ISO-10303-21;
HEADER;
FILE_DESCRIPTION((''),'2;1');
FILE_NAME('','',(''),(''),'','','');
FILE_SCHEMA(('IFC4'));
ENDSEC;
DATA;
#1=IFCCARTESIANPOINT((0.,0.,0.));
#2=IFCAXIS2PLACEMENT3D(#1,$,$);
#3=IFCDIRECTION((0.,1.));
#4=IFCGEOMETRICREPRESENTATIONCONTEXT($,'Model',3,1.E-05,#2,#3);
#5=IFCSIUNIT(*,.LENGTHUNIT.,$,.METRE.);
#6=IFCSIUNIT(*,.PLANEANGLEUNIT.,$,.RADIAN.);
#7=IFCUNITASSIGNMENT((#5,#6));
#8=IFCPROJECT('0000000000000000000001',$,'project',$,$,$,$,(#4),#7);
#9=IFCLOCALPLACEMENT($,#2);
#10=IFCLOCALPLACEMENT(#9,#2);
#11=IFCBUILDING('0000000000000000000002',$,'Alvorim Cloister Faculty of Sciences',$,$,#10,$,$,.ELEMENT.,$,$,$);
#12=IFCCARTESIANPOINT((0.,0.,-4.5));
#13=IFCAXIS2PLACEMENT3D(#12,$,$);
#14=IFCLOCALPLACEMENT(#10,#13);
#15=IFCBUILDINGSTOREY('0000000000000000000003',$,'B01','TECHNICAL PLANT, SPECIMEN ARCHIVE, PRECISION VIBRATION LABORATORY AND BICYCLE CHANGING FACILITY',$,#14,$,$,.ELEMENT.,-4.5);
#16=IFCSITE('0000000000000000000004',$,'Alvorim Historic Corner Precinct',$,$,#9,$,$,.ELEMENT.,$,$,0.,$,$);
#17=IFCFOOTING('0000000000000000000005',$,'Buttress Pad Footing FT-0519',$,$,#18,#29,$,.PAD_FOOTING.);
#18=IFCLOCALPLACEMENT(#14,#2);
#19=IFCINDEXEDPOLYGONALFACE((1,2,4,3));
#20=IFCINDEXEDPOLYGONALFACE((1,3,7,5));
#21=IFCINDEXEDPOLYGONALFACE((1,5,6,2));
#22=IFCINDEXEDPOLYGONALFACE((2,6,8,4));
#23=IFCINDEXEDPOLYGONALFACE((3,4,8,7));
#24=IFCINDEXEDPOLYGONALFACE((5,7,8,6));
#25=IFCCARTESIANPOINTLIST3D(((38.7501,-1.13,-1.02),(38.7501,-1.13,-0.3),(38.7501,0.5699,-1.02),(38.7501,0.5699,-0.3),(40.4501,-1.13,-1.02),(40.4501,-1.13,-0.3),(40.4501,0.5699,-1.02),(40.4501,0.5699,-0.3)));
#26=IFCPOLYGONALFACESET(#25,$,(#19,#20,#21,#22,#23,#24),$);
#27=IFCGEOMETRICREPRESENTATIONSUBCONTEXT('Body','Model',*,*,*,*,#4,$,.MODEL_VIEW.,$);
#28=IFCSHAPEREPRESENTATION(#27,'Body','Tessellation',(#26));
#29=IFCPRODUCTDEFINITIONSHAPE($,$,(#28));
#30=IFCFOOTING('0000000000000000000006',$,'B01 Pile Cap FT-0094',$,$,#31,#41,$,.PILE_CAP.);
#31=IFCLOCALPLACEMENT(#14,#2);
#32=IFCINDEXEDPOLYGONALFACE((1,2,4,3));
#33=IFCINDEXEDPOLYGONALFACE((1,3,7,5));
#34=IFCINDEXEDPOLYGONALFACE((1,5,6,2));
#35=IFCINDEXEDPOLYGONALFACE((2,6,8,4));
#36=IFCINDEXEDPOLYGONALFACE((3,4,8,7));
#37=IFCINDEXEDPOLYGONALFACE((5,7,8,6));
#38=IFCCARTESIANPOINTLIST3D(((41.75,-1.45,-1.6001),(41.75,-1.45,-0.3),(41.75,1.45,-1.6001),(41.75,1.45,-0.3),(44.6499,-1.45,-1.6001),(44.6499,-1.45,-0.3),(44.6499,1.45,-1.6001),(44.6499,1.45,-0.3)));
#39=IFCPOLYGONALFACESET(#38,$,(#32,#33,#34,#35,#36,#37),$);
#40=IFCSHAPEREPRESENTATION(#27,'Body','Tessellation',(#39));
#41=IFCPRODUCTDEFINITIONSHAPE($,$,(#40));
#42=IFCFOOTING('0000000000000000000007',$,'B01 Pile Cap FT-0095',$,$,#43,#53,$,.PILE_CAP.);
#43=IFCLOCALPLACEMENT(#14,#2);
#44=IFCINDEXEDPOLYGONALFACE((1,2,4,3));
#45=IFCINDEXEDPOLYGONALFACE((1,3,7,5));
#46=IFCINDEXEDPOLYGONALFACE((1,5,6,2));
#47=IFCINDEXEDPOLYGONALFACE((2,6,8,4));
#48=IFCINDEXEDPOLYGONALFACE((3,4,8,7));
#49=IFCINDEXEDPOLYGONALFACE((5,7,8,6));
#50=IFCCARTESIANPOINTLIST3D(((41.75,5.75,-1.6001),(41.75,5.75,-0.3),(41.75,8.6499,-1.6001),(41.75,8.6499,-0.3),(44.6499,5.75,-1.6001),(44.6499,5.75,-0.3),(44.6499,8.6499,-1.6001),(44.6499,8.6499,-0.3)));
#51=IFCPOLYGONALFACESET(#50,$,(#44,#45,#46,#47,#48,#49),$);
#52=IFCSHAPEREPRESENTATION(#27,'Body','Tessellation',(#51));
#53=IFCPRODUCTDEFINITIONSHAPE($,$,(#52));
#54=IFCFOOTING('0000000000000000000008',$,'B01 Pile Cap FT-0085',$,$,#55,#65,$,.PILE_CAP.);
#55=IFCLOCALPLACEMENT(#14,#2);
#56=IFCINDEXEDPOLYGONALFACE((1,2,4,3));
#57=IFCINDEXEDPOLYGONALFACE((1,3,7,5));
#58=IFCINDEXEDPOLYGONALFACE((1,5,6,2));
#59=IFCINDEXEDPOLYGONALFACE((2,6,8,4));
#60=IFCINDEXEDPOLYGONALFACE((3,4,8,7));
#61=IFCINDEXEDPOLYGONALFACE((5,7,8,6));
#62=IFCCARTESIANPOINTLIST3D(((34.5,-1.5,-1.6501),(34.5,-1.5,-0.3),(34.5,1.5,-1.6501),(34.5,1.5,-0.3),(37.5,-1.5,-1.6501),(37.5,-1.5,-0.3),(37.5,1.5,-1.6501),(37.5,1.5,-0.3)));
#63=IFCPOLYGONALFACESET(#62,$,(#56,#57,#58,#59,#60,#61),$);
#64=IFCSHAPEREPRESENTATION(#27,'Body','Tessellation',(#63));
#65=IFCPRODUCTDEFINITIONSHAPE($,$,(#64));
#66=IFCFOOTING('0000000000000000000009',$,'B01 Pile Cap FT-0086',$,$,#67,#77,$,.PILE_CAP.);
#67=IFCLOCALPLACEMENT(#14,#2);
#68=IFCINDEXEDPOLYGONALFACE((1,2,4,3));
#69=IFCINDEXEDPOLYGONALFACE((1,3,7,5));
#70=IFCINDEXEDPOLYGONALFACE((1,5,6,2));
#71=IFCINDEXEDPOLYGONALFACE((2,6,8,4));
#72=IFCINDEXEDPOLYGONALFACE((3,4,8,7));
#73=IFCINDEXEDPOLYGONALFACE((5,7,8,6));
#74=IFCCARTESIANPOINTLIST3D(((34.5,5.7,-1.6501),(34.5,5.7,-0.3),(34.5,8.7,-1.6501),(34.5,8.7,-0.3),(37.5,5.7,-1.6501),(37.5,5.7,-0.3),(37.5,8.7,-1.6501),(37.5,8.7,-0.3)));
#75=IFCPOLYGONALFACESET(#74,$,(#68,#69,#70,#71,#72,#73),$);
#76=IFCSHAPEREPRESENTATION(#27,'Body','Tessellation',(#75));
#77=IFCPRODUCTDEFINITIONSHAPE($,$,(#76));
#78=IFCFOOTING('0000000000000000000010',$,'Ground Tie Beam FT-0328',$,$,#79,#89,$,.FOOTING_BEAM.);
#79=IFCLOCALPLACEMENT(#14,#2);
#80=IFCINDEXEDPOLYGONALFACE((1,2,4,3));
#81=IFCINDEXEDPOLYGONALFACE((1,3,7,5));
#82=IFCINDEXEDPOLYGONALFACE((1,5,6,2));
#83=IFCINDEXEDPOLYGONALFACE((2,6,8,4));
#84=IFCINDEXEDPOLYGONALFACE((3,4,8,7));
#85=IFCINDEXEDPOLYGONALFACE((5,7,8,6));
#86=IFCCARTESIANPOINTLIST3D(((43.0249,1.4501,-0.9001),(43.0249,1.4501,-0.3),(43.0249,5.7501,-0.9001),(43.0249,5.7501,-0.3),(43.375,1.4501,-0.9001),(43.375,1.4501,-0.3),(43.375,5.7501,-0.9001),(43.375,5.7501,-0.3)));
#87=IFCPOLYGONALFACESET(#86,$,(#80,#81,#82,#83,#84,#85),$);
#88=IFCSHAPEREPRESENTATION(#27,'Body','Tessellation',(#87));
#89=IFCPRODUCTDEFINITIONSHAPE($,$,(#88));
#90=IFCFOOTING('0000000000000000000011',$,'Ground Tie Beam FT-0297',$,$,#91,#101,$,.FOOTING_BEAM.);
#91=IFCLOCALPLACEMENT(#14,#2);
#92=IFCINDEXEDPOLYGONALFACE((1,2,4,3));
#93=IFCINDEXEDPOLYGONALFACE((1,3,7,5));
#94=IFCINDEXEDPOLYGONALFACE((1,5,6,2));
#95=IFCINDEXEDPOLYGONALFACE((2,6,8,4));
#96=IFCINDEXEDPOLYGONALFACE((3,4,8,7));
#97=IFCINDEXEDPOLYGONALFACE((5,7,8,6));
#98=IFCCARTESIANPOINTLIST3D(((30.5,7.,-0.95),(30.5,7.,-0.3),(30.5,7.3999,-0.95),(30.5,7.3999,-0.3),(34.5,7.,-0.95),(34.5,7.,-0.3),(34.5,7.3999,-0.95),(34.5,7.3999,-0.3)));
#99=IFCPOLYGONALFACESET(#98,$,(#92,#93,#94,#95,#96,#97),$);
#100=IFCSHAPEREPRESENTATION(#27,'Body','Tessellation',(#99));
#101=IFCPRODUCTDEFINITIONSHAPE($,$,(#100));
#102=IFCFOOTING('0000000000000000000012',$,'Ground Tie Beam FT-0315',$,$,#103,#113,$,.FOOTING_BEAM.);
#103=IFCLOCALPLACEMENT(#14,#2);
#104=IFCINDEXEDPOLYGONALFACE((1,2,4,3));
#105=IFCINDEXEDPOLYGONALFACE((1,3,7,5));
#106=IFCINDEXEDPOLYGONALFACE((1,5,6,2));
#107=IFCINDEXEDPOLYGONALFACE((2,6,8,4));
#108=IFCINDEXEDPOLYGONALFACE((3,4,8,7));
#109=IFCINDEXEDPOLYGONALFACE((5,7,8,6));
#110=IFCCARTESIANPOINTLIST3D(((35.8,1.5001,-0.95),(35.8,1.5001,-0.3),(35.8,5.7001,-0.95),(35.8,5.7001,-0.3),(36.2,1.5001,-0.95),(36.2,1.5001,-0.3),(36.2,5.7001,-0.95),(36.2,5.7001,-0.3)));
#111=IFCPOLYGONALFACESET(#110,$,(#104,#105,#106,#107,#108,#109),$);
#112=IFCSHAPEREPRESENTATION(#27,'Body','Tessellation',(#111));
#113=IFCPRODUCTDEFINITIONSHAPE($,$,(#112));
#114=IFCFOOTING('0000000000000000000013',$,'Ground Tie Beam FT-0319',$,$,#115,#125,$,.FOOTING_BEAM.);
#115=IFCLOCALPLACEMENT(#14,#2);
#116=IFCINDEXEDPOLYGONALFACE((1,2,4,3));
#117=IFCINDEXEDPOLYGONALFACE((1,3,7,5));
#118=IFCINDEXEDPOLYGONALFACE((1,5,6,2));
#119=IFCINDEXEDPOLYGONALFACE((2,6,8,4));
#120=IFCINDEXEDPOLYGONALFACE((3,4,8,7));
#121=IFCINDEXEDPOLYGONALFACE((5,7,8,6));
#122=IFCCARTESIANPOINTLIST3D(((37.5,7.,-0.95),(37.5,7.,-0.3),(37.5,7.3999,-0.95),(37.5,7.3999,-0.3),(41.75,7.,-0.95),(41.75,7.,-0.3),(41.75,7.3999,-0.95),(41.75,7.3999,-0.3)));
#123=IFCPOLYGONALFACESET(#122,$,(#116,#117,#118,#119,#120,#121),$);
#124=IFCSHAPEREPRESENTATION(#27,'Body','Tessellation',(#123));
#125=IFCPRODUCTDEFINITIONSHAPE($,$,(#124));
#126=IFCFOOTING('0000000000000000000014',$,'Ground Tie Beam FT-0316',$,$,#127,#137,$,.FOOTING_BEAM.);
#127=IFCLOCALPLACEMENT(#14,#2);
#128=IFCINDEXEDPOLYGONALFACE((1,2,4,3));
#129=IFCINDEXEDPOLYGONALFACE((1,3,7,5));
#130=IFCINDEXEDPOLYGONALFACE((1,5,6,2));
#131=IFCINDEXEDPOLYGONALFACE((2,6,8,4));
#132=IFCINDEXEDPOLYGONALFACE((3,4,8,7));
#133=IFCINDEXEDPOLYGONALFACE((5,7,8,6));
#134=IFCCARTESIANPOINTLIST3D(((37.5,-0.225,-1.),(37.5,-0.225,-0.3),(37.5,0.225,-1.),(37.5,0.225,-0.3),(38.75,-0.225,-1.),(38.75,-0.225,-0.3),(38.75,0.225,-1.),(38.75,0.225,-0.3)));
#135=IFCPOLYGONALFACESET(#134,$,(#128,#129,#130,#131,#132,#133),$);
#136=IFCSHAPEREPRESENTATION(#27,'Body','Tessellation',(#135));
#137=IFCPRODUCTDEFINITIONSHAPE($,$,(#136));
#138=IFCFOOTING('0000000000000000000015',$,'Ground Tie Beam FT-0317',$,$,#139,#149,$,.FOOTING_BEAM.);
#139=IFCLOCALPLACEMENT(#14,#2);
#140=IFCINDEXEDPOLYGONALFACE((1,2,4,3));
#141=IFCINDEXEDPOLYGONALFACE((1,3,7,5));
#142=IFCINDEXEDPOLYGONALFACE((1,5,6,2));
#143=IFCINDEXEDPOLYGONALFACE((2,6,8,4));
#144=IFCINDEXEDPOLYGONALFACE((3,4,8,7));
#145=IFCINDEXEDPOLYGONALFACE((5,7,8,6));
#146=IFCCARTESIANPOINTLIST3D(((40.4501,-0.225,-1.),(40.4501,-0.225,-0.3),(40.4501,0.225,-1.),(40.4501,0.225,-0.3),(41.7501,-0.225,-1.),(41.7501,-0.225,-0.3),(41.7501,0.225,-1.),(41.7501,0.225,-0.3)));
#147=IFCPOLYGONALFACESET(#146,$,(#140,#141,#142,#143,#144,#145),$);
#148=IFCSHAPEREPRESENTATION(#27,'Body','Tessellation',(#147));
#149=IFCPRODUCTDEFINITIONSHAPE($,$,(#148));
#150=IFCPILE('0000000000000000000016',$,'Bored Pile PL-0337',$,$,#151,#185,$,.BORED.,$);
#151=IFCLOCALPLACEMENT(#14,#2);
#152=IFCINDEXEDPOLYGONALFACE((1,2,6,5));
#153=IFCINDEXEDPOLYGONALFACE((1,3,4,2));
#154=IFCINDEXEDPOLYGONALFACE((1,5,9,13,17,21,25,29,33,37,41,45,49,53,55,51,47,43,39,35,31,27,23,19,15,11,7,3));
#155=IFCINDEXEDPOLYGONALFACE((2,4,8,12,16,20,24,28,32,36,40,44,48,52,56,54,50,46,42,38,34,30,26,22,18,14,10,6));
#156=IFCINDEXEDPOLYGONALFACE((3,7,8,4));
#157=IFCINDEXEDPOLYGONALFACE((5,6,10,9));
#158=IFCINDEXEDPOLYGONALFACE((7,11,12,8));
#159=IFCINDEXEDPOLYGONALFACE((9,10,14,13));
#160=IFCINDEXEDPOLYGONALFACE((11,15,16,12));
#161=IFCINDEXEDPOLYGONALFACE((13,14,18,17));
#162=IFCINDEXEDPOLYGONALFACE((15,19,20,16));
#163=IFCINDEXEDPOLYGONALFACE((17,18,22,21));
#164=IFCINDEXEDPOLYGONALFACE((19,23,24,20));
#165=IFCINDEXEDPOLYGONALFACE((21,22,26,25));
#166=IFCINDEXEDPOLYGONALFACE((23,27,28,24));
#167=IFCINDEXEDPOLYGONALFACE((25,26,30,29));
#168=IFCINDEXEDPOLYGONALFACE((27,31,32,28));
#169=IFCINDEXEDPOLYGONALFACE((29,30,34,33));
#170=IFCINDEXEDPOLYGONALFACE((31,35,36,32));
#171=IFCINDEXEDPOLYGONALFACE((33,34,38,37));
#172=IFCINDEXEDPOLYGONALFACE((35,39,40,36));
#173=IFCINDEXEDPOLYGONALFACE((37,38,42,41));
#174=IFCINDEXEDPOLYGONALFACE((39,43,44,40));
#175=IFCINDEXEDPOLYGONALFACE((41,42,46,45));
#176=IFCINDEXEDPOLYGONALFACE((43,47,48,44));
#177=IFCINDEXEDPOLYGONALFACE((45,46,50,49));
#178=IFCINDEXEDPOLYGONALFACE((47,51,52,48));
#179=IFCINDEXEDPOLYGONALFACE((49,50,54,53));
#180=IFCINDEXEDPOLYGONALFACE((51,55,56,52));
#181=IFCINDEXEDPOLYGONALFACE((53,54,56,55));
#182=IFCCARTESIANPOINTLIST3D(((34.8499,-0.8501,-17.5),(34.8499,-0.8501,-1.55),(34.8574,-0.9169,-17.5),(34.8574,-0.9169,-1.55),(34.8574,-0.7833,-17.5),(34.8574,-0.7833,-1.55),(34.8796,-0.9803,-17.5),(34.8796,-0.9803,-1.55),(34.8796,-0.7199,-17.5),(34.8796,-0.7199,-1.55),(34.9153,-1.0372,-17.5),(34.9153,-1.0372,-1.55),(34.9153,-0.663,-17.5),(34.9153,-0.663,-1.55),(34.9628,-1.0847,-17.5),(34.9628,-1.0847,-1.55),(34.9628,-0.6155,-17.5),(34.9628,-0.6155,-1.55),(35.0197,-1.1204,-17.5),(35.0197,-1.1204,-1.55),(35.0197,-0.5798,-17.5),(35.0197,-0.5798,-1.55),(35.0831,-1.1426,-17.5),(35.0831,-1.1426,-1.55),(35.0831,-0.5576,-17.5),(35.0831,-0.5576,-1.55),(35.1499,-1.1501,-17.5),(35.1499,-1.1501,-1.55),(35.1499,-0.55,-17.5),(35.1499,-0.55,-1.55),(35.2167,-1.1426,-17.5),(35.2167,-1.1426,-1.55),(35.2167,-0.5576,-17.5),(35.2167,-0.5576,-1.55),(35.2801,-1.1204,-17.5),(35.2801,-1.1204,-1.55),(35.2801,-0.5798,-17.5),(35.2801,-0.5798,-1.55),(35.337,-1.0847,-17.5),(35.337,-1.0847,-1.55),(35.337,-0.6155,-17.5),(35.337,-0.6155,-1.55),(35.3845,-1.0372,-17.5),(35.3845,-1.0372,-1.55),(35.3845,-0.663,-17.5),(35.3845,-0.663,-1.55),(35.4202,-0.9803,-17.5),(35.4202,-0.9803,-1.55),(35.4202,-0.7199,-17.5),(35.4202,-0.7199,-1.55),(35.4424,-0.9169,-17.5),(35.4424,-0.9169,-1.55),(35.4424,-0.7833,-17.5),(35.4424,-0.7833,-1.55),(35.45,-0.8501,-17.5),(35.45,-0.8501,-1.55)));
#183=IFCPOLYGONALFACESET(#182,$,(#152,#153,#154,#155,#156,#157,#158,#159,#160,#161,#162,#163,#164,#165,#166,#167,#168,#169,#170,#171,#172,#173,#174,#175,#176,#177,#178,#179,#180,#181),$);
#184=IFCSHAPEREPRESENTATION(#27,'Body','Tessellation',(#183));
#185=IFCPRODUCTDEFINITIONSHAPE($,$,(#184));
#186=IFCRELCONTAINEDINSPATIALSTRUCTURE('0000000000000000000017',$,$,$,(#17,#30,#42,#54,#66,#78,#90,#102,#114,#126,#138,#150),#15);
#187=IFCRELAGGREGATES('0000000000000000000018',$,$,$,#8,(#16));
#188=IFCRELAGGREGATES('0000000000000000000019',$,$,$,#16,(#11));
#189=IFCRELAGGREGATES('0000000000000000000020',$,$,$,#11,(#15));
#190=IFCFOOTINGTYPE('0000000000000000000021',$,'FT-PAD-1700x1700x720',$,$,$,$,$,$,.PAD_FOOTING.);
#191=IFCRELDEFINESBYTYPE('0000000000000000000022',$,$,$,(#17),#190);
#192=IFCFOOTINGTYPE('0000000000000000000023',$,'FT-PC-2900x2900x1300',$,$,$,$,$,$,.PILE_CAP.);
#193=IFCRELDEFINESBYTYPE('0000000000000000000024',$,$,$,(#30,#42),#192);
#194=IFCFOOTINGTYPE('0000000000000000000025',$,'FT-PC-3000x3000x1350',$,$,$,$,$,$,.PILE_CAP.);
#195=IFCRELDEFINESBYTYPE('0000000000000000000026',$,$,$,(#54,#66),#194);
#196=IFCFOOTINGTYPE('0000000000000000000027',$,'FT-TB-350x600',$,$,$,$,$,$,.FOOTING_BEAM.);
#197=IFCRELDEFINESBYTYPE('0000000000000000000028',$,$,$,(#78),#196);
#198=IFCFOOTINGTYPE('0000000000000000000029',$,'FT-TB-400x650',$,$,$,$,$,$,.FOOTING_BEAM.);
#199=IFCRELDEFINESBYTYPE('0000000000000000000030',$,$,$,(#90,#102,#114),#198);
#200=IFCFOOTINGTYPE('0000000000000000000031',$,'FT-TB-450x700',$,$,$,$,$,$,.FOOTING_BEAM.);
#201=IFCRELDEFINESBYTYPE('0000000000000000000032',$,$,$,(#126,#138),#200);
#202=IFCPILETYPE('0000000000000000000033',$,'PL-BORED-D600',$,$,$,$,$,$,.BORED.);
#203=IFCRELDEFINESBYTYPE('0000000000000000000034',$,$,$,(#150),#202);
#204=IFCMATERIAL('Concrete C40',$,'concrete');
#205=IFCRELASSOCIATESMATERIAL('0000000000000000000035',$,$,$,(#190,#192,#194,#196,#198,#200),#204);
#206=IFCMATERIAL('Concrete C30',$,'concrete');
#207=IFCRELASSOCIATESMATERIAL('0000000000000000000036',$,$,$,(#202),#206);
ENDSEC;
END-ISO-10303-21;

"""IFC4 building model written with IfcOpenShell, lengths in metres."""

from ifc_helpers import new_model, si_unit, direction, frame, origin, origin_2d, place, context, subcontext, project, spatial, rectangle, circle, extrude, material, material_profile, profile_set, type_object, element, save


model = new_model("IFC4")

# Units and contexts
model_context = context("Model", 3, precision=1e-05, world=origin(), true_north=direction((0.0, 1.0)))
body_context = subcontext(model_context, "Body", "Model", "MODEL_VIEW")
ifc_project = project(units=[si_unit("LENGTHUNIT", "METRE"), si_unit("PLANEANGLEUNIT", "RADIAN")], contexts=[model_context])

# Site, building, storey
site_placement = place(None, origin())
site = spatial("IfcSite", under=ifc_project, at=site_placement, Name="Alvorim Historic Corner Precinct", CompositionType="ELEMENT", RefElevation=0.0)
building_placement = place(site_placement, origin())
building = spatial("IfcBuilding", under=site, at=building_placement, Name="Alvorim Cloister Faculty of Sciences", CompositionType="ELEMENT")
storey_placement = place(building_placement, frame((0.0, 0.0, -4.5)))
storey = spatial("IfcBuildingStorey", under=building, at=storey_placement, Name="B01", Description="TECHNICAL PLANT, SPECIMEN ARCHIVE, PRECISION VIBRATION LABORATORY AND BICYCLE CHANGING FACILITY", CompositionType="ELEMENT", Elevation=-4.5)

# Footings
ifc_material_1 = material(Name="Concrete C40", Category="concrete")
footing_type_1 = type_object("IfcFootingType", Name="FT-PAD-1700x1700x720", PredefinedType="PAD_FOOTING", material=ifc_material_1)
footing_1_placement = place(storey_placement, frame((39.6001, -0.28, -1.02), z_axis=(0.0, 0.0, 1.0), x_axis=(1.0, 0.0, 0.0)))
element("IfcFooting", 1, at=footing_1_placement, inside=storey, type_object=footing_type_1, Name="Buttress Pad Footing FT-0519", PredefinedType="PAD_FOOTING", context=body_context, shape_type="SweptSolid", body=[
    extrude(rectangle(XDim=1.7, YDim=1.7, at=origin_2d()), origin(), (0.0, 0.0, 1.0), 0.72),
])
footing_type_2 = type_object("IfcFootingType", Name="FT-PC-2900x2900x1300", PredefinedType="PILE_CAP", material=ifc_material_1)
for number, where, z_axis, x_axis, name in (
    (2, (43.2, 0.0, -1.6001), (0.0, 0.0, 1.0), (1.0, 0.0, 0.0), "B01 Pile Cap FT-0094"),
    (3, (43.2, 7.2, -1.6001), (0.0, 0.0, 1.0), (1.0, 0.0, 0.0), "B01 Pile Cap FT-0095"),
):
    element("IfcFooting", number, at=place(storey_placement, frame(where, z_axis=z_axis, x_axis=x_axis)), inside=storey, type_object=footing_type_2, Name=name, PredefinedType="PILE_CAP", context=body_context, shape_type="SweptSolid", body=[
        extrude(rectangle(XDim=2.8999, YDim=2.8999, at=origin_2d()), origin(), (0.0, 0.0, 1.0), 1.3),
    ])
footing_type_3 = type_object("IfcFootingType", Name="FT-PC-3000x3000x1350", PredefinedType="PILE_CAP", material=ifc_material_1)
for number, where, z_axis, x_axis, name in (
    (4, (36.0, 0.0, -1.6501), (0.0, 0.0, 1.0), (1.0, 0.0, 0.0), "B01 Pile Cap FT-0085"),
    (5, (36.0, 7.2, -1.6501), (0.0, 0.0, 1.0), (1.0, 0.0, 0.0), "B01 Pile Cap FT-0086"),
):
    element("IfcFooting", number, at=place(storey_placement, frame(where, z_axis=z_axis, x_axis=x_axis)), inside=storey, type_object=footing_type_3, Name=name, PredefinedType="PILE_CAP", context=body_context, shape_type="SweptSolid", body=[
        extrude(rectangle(XDim=3.0, YDim=3.0, at=origin_2d()), origin(), (0.0, 0.0, 1.0), 1.3501),
    ])
footing_type_4 = type_object("IfcFootingType", Name="FT-TB-350x600", PredefinedType="FOOTING_BEAM", material=ifc_material_1)
footing_2_placement = place(storey_placement, frame((43.2, 3.6001, -0.9001), z_axis=(0.0, 0.0, 1.0), x_axis=(1.0, 0.0, 0.0)))
element("IfcFooting", 6, at=footing_2_placement, inside=storey, type_object=footing_type_4, Name="Ground Tie Beam FT-0328", PredefinedType="FOOTING_BEAM", context=body_context, shape_type="SweptSolid", body=[
    extrude(rectangle(XDim=0.3501, YDim=4.3, at=origin_2d()), origin(), (0.0, 0.0, 1.0), 0.6001),
])
footing_type_5 = type_object("IfcFootingType", Name="FT-TB-400x650", PredefinedType="FOOTING_BEAM", material=ifc_material_1)
footing_3_placement = place(storey_placement, frame((32.5, 7.2, -0.95), z_axis=(0.0, 0.0, 1.0), x_axis=(1.0, 0.0, 0.0)))
element("IfcFooting", 7, at=footing_3_placement, inside=storey, type_object=footing_type_5, Name="Ground Tie Beam FT-0297", PredefinedType="FOOTING_BEAM", context=body_context, shape_type="SweptSolid", body=[
    extrude(rectangle(XDim=4.0, YDim=0.3999, at=origin_2d()), origin(), (0.0, 0.0, 1.0), 0.6499),
])
footing_4_placement = place(storey_placement, frame((36.0, 3.6001, -0.95), z_axis=(0.0, 0.0, 1.0), x_axis=(1.0, 0.0, 0.0)))
element("IfcFooting", 8, at=footing_4_placement, inside=storey, type_object=footing_type_5, Name="Ground Tie Beam FT-0315", PredefinedType="FOOTING_BEAM", context=body_context, shape_type="SweptSolid", body=[
    extrude(rectangle(XDim=0.3999, YDim=4.2, at=origin_2d()), origin(), (0.0, 0.0, 1.0), 0.6499),
])
footing_5_placement = place(storey_placement, frame((39.625, 7.2, -0.95), z_axis=(0.0, 0.0, 1.0), x_axis=(1.0, 0.0, 0.0)))
element("IfcFooting", 9, at=footing_5_placement, inside=storey, type_object=footing_type_5, Name="Ground Tie Beam FT-0319", PredefinedType="FOOTING_BEAM", context=body_context, shape_type="SweptSolid", body=[
    extrude(rectangle(XDim=4.25, YDim=0.3999, at=origin_2d()), origin(), (0.0, 0.0, 1.0), 0.6499),
])
footing_type_6 = type_object("IfcFootingType", Name="FT-TB-450x700", PredefinedType="FOOTING_BEAM", material=ifc_material_1)
footing_6_placement = place(storey_placement, frame((38.125, 0.0, -1.0), z_axis=(0.0, 0.0, 1.0), x_axis=(1.0, 0.0, 0.0)))
element("IfcFooting", 10, at=footing_6_placement, inside=storey, type_object=footing_type_6, Name="Ground Tie Beam FT-0316", PredefinedType="FOOTING_BEAM", context=body_context, shape_type="SweptSolid", body=[
    extrude(rectangle(XDim=1.25, YDim=0.45, at=origin_2d()), origin(), (0.0, 0.0, 1.0), 0.7),
])
footing_7_placement = place(storey_placement, frame((41.1001, 0.0, -1.0), z_axis=(0.0, 0.0, 1.0), x_axis=(1.0, 0.0, 0.0)))
element("IfcFooting", 11, at=footing_7_placement, inside=storey, type_object=footing_type_6, Name="Ground Tie Beam FT-0317", PredefinedType="FOOTING_BEAM", context=body_context, shape_type="SweptSolid", body=[
    extrude(rectangle(XDim=1.3, YDim=0.45, at=origin_2d()), origin(), (0.0, 0.0, 1.0), 0.7),
])

# Pile
ifc_material_2 = material(Name="Concrete C30", Category="concrete")
ifc_material_profile_1 = material_profile(ifc_material_2, circle(Radius=0.3, at=origin_2d()), Name="PILE-D600")
ifc_profile_set_1 = profile_set([ifc_material_profile_1], Name="Concrete C30")
pile_type = type_object("IfcPileType", Name="PL-BORED-D600", PredefinedType="BORED", material=ifc_profile_set_1)
for number, where, z_axis, x_axis, name in (
    (12, (35.1499, -0.8501, -1.55), (0.0, 0.0, -1.0), (1.0, 0.0, 0.0), "Bored Pile PL-0337"),
):
    element("IfcPile", number, at=place(storey_placement, frame(where, z_axis=z_axis, x_axis=x_axis)), inside=storey, type_object=pile_type, Name=name, PredefinedType="BORED", context=body_context, shape_type="SweptSolid", body=[
        extrude(circle(Radius=0.3, at=origin_2d()), origin(), (0.0, 0.0, 1.0), 15.95),
    ])

save(model, "model.ifc")
